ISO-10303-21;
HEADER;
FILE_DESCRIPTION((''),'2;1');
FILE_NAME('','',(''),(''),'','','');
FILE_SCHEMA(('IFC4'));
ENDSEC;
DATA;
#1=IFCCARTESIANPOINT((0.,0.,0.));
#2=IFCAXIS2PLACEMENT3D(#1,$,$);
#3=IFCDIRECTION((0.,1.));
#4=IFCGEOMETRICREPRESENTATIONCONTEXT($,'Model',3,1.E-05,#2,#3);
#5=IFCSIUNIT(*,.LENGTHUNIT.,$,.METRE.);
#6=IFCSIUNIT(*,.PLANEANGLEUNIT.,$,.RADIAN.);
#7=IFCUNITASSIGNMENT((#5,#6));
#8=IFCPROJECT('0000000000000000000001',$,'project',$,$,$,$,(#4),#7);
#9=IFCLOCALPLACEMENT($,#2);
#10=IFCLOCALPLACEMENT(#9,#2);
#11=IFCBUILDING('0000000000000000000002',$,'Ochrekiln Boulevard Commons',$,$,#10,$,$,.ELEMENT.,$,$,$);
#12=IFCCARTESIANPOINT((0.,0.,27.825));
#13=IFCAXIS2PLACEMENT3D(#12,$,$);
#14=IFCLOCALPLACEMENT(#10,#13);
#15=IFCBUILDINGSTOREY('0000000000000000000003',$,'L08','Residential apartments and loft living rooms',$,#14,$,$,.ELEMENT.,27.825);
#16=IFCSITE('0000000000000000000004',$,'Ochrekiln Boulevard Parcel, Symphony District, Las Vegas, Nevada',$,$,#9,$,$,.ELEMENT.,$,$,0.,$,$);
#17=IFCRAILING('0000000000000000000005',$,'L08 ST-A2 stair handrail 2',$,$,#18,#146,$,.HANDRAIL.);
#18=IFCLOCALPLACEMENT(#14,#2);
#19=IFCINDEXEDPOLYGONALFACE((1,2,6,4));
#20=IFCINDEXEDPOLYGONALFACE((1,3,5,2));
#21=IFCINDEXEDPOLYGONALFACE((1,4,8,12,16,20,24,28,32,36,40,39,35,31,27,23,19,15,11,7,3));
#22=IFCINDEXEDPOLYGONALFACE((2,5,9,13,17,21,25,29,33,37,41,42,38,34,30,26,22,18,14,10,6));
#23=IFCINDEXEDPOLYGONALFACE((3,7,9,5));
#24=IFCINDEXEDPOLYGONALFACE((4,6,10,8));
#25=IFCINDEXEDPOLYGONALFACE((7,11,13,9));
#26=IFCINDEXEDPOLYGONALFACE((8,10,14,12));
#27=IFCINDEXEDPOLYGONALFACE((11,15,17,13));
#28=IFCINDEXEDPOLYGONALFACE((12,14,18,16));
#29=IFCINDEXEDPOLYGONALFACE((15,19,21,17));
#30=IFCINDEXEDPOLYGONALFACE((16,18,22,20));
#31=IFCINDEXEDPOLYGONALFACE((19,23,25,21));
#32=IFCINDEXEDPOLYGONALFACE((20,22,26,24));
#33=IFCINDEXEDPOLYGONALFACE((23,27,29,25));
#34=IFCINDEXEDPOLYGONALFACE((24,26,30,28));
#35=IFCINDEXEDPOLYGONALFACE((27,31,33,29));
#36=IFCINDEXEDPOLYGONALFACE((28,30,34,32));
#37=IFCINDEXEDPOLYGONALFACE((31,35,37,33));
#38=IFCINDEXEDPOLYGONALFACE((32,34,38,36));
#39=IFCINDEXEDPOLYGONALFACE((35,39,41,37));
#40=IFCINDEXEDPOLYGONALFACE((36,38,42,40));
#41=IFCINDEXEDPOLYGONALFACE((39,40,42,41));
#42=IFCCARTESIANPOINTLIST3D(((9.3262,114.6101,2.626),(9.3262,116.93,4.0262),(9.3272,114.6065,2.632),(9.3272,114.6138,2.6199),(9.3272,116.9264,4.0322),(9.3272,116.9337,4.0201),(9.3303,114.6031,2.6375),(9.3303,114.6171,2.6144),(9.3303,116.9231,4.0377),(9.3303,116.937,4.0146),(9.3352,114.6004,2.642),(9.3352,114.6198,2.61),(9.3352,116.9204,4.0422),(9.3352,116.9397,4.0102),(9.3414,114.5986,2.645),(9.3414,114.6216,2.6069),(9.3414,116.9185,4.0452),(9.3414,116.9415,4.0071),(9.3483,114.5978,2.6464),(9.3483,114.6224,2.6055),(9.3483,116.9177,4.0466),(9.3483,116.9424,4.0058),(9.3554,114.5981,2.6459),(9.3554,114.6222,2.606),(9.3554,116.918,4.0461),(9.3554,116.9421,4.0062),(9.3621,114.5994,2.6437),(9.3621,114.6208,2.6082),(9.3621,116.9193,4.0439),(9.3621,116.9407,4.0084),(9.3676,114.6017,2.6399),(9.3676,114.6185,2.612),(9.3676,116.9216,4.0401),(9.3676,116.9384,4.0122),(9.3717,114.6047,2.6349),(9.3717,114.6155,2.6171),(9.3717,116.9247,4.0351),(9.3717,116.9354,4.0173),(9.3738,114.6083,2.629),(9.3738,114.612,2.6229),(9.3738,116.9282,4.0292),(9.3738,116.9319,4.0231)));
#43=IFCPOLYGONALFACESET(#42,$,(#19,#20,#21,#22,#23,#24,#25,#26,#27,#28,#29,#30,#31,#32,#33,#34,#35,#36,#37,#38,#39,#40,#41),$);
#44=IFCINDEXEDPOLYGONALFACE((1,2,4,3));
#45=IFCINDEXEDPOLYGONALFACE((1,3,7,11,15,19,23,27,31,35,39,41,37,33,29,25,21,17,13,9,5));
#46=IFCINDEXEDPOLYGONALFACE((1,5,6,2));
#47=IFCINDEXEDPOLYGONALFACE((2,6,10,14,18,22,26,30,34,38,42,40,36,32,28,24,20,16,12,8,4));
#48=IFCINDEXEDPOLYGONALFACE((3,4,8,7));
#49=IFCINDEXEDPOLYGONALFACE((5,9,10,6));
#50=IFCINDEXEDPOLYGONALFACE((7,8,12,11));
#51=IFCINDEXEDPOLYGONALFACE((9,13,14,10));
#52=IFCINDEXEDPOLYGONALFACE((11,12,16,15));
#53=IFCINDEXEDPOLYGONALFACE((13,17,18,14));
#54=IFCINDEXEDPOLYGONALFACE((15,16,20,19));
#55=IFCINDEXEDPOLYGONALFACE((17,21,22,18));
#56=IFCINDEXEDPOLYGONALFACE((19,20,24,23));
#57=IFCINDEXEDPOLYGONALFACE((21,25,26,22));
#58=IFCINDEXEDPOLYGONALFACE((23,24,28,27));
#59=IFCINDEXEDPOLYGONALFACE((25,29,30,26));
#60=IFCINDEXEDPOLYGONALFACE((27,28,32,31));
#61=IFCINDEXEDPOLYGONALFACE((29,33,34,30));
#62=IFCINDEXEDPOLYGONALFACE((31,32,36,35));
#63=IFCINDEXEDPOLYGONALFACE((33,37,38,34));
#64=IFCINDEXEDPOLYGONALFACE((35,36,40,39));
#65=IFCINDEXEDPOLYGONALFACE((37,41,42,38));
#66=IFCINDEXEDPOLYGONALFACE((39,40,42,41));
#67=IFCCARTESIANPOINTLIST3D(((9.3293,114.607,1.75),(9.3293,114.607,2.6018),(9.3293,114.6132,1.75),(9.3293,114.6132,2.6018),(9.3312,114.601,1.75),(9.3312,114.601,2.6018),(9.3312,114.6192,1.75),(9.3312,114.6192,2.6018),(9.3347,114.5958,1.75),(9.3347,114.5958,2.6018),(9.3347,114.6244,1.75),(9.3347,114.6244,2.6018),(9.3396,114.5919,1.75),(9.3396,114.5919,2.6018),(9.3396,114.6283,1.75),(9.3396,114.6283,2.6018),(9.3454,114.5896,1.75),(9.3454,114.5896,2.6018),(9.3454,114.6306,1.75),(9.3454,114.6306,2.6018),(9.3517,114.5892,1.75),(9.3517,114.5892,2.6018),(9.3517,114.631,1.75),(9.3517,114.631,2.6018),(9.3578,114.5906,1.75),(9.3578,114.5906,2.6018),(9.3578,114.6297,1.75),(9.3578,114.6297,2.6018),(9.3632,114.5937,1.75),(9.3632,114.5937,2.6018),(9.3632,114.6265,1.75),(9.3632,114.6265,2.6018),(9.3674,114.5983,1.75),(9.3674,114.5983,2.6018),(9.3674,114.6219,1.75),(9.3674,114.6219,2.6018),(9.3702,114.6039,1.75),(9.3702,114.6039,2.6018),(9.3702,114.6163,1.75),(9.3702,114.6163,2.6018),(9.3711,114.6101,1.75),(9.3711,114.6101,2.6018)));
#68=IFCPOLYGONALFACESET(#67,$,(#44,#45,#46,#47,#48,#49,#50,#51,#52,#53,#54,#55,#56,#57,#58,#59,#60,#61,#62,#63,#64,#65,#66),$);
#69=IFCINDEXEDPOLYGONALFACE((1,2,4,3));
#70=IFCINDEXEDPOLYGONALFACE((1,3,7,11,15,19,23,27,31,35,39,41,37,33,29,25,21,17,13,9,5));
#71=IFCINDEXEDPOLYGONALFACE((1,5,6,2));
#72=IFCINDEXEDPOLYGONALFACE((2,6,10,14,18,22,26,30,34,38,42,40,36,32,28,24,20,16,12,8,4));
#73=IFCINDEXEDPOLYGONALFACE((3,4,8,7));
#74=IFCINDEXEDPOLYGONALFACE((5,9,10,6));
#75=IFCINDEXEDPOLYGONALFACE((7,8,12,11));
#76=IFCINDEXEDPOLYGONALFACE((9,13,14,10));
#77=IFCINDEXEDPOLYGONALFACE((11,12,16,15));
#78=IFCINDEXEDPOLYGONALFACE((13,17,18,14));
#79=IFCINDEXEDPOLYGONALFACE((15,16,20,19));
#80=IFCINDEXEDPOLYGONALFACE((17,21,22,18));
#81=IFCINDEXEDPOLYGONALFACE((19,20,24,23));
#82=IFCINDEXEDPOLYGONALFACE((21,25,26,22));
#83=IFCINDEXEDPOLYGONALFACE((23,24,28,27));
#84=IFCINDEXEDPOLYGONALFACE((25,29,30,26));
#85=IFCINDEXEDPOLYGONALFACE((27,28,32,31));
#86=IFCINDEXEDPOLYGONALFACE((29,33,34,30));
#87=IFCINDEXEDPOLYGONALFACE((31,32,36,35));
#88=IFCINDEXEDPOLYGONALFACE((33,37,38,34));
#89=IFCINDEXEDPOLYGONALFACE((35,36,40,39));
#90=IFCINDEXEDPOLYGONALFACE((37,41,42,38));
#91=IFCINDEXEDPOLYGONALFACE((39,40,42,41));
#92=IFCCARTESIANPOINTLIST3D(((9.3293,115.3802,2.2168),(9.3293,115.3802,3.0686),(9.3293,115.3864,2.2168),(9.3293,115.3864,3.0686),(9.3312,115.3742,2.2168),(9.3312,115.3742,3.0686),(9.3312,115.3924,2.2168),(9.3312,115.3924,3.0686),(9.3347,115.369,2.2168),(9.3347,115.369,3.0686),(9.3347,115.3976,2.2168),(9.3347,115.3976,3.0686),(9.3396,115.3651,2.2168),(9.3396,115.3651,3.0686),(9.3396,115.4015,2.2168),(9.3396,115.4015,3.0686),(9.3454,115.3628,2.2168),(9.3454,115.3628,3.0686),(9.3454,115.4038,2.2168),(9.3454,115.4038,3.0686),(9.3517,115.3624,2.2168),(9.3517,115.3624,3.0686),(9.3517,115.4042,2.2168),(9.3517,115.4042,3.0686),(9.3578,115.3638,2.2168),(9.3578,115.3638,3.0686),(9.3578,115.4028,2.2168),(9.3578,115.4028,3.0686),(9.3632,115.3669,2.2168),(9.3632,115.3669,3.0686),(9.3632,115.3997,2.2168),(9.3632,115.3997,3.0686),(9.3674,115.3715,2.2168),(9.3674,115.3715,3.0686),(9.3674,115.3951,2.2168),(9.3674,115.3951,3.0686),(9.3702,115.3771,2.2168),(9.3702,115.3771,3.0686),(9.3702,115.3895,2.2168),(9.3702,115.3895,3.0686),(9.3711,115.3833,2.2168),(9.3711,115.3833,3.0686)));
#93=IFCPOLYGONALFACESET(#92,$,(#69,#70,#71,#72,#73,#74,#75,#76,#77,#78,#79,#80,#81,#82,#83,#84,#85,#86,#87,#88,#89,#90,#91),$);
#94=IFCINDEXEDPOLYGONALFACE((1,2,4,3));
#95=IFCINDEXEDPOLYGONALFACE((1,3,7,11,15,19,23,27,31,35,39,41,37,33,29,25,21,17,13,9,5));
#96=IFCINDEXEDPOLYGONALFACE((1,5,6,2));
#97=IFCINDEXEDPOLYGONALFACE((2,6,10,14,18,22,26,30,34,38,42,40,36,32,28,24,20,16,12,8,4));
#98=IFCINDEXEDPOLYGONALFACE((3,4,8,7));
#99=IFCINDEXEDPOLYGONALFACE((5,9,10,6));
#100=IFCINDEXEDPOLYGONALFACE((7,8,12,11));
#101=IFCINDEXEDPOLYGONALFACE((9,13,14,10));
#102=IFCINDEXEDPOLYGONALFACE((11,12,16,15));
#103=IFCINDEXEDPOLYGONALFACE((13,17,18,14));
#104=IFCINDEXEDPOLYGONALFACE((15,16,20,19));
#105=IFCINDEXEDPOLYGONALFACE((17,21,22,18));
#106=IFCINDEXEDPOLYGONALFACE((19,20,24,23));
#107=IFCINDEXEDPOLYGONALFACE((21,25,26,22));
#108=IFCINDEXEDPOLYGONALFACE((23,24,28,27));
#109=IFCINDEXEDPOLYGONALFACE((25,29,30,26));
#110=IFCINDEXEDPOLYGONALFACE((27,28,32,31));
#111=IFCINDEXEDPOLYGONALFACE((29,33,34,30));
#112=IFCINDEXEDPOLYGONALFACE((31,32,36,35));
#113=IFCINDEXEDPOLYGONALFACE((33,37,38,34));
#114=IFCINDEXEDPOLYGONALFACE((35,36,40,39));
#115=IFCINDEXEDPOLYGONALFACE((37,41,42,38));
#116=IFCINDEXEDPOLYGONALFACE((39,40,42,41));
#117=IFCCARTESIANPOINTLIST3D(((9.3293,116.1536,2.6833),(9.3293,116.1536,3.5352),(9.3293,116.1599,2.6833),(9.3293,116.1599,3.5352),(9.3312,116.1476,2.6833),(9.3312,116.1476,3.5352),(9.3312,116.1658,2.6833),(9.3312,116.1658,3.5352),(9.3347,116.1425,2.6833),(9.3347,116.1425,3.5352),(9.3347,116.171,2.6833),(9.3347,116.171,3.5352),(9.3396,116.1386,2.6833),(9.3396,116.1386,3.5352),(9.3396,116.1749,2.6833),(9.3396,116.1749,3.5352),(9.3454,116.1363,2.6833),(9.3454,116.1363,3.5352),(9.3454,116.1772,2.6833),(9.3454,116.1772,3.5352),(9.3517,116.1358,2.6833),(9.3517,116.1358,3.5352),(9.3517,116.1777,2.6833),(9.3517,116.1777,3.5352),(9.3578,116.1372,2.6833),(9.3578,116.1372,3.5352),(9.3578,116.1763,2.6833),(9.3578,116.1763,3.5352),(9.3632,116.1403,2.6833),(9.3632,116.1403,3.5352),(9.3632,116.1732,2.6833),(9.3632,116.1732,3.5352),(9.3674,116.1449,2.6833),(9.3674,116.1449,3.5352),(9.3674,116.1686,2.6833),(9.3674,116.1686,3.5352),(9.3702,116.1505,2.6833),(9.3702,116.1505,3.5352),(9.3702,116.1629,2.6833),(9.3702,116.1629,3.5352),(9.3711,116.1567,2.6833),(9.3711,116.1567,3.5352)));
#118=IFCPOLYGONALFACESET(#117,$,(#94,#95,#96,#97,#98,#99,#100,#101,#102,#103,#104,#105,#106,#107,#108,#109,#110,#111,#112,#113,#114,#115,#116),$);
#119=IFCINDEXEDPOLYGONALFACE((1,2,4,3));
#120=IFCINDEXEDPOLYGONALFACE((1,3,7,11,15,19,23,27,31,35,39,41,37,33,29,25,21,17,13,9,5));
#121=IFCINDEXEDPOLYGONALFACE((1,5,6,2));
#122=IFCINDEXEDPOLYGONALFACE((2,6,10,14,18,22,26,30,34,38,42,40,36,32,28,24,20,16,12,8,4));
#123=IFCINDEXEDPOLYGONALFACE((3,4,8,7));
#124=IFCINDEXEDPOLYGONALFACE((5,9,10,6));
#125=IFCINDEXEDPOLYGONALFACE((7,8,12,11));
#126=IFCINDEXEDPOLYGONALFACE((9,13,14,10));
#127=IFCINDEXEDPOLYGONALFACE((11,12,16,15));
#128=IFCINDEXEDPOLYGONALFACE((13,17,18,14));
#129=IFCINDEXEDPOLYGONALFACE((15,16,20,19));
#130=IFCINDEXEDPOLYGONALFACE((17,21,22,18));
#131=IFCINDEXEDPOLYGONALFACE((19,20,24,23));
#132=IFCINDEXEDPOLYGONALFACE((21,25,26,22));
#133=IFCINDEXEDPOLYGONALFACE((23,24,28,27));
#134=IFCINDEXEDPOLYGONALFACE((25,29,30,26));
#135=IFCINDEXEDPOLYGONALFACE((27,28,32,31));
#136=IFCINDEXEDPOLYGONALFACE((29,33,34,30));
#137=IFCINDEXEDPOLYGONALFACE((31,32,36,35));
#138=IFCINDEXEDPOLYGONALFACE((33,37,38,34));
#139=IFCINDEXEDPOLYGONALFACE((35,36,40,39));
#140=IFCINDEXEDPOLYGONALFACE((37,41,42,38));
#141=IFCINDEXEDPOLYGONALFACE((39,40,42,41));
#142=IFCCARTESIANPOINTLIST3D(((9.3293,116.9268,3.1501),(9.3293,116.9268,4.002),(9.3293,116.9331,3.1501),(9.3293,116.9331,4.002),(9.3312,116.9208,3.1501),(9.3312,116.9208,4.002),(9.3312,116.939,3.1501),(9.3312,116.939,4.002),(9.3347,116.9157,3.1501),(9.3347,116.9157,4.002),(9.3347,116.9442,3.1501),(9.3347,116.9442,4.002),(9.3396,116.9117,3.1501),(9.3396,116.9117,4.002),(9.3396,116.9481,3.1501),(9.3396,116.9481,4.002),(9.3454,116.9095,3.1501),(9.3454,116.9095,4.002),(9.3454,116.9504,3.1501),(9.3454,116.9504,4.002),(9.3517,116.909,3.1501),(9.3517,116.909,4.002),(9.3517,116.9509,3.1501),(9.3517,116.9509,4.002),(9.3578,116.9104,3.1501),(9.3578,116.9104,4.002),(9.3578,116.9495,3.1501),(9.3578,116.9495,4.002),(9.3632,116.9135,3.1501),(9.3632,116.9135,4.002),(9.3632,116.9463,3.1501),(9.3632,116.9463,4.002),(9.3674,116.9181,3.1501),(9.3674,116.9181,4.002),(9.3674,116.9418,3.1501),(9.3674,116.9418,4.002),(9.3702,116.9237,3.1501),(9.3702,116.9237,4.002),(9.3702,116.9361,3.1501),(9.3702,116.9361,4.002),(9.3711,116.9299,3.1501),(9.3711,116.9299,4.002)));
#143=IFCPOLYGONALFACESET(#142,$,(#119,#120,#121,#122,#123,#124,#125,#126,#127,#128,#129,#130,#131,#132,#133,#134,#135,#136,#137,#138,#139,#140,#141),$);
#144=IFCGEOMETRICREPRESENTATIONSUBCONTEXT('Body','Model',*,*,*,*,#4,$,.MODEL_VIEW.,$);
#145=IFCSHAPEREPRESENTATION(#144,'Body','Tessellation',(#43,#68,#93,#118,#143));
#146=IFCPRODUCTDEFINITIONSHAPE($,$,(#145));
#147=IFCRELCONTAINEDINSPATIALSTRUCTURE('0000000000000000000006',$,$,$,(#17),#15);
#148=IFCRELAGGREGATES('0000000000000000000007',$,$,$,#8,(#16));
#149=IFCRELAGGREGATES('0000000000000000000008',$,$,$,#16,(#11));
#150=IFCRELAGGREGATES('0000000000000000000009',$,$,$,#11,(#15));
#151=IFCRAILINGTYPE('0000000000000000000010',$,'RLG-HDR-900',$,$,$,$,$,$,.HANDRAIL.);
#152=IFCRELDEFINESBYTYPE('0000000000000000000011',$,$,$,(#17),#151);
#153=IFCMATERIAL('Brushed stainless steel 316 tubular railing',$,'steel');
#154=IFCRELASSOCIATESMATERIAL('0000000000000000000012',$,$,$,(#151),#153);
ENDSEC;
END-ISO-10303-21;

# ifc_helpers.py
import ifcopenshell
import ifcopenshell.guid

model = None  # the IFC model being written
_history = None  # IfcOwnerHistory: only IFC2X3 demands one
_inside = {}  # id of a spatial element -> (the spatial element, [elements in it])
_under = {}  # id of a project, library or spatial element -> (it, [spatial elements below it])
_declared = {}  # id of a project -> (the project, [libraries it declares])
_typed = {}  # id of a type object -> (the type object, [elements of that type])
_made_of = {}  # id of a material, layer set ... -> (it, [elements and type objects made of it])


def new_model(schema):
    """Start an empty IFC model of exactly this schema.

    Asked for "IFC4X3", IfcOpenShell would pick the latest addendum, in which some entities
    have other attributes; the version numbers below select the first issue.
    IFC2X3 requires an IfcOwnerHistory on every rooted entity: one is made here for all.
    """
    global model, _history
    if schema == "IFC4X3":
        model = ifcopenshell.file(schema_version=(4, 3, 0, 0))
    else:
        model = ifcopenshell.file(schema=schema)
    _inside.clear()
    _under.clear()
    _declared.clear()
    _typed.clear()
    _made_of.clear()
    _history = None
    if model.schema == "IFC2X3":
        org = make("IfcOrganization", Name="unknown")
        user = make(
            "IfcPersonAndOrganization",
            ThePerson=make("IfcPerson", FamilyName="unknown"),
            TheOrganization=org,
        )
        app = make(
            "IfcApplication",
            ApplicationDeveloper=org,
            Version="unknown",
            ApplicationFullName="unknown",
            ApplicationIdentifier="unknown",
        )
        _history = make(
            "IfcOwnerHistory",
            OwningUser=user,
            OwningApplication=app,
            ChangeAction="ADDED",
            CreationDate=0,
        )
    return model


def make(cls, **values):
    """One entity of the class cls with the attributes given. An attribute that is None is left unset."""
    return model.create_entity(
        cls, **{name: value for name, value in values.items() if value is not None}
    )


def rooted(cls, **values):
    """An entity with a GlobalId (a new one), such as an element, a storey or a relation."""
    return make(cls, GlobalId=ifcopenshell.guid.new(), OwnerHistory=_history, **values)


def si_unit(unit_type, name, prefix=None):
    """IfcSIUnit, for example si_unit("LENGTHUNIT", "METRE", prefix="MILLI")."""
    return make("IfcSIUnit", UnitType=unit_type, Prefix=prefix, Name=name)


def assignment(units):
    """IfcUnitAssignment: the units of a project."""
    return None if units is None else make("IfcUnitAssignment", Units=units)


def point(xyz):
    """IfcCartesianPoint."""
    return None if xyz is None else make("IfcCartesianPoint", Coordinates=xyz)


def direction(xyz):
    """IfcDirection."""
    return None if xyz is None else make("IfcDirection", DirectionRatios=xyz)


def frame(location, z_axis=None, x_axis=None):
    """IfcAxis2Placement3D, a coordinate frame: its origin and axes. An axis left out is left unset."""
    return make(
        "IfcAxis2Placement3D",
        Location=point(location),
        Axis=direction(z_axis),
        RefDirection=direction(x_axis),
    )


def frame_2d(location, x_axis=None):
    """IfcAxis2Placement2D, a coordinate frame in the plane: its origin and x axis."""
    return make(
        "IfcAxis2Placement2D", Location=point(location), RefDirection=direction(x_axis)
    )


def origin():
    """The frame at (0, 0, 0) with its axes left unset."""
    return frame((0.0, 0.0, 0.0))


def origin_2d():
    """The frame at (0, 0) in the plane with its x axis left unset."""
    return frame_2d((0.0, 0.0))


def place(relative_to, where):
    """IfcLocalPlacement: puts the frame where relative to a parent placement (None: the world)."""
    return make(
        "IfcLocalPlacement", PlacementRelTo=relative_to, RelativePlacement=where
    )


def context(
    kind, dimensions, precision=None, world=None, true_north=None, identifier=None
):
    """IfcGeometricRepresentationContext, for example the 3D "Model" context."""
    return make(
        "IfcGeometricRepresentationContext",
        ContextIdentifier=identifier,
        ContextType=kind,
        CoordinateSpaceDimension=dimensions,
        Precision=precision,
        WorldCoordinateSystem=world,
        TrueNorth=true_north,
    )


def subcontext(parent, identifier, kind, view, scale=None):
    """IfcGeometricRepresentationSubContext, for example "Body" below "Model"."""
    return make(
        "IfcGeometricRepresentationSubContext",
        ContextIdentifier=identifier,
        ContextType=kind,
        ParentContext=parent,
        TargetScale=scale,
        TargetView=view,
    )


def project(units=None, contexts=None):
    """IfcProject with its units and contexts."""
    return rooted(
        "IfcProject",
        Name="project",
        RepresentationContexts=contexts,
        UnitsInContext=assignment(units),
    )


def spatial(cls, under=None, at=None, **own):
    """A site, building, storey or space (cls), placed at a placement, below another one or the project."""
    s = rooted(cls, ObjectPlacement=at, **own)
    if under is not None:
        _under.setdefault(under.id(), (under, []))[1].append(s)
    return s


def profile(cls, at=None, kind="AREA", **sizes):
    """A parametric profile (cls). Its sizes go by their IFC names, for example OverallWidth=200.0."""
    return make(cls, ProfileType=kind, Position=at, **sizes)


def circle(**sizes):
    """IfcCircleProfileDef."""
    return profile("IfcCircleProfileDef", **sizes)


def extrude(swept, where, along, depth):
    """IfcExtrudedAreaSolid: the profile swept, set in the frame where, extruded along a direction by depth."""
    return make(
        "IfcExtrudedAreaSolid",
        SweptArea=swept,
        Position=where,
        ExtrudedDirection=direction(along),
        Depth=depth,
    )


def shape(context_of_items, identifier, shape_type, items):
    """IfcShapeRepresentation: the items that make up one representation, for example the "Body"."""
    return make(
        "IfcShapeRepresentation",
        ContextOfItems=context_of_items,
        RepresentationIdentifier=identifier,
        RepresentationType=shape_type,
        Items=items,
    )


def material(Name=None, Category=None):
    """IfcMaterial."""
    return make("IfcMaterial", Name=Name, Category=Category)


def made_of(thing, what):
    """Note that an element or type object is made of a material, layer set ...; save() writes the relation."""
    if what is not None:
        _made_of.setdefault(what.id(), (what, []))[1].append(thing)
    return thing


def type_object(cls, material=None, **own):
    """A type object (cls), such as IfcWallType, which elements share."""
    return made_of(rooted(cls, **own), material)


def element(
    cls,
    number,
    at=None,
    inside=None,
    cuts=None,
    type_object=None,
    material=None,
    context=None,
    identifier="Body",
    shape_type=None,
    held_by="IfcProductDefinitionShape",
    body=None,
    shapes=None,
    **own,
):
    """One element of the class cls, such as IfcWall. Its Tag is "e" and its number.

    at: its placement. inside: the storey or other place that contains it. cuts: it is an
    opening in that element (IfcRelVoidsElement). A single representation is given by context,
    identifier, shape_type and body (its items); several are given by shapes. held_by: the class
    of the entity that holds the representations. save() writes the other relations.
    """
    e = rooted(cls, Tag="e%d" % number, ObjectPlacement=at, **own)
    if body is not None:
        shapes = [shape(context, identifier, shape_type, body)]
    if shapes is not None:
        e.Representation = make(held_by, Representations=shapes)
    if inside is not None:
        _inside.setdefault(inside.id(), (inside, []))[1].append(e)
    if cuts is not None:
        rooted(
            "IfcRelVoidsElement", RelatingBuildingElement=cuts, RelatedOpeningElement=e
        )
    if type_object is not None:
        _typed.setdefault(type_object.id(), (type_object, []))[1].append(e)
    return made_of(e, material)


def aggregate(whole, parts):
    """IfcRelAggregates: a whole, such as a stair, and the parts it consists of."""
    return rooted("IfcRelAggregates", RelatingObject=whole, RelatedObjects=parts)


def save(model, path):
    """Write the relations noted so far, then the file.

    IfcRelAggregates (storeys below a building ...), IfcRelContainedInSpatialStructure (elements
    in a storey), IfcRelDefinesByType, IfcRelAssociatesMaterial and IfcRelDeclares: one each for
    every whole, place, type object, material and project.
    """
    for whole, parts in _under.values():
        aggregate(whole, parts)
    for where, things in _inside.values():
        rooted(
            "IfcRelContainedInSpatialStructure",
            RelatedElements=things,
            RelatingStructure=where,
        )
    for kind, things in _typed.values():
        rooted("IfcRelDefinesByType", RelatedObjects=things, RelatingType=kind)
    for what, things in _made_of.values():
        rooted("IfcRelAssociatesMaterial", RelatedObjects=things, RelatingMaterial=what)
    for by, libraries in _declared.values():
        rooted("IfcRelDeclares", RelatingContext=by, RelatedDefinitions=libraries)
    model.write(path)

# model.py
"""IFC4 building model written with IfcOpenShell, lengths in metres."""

from ifc_helpers import new_model, si_unit, direction, frame, origin, origin_2d, place, context, subcontext, project, spatial, circle, extrude, material, type_object, element, save


model = new_model("IFC4")

# Units and contexts
model_context = context("Model", 3, precision=1e-05, world=origin(), true_north=direction((0.0, 1.0)))
body_context = subcontext(model_context, "Body", "Model", "MODEL_VIEW")
ifc_project = project(units=[si_unit("LENGTHUNIT", "METRE"), si_unit("PLANEANGLEUNIT", "RADIAN")], contexts=[model_context])

# Site, building, storey
site_placement = place(None, origin())
site = spatial("IfcSite", under=ifc_project, at=site_placement, Name="Ochrekiln Boulevard Parcel, Symphony District, Las Vegas, Nevada", CompositionType="ELEMENT", RefElevation=0.0)
building_placement = place(site_placement, origin())
building = spatial("IfcBuilding", under=site, at=building_placement, Name="Ochrekiln Boulevard Commons", CompositionType="ELEMENT")
storey_placement = place(building_placement, frame((0.0, 0.0, 27.825)))
storey = spatial("IfcBuildingStorey", under=building, at=storey_placement, Name="L08", Description="Residential apartments and loft living rooms", CompositionType="ELEMENT", Elevation=27.825)

# Railing
ifc_material_1 = material(Name="Brushed stainless steel 316 tubular railing", Category="steel")
railing_type_1 = type_object("IfcRailingType", Name="RLG-HDR-900", PredefinedType="HANDRAIL", material=ifc_material_1)
railing_1_placement = place(storey_placement, frame((9.3501, 114.6101, 1.75)))
element("IfcRailing", 1, at=railing_1_placement, inside=storey, type_object=railing_type_1, Name="L08 ST-A2 stair handrail 2", PredefinedType="HANDRAIL", context=body_context, shape_type="SweptSolid", body=[
    extrude(circle(Radius=0.0239, at=origin_2d()), frame((0.0, 0.0, 0.876), z_axis=(0.0, 0.856146, 0.516733), x_axis=(-1.0, 0.0, 0.0)), (0.0, 0.0, 1.0), 2.7097),
    extrude(circle(Radius=0.021, at=origin_2d()), origin(), (0.0, 0.0, 1.0), 0.8518),
    extrude(circle(Radius=0.021, at=origin_2d()), frame((0.0, 0.7732, 0.4668)), (0.0, 0.0, 1.0), 0.8518),
    extrude(circle(Radius=0.021, at=origin_2d()), frame((0.0, 1.5466, 0.9333)), (0.0, 0.0, 1.0), 0.8518),
    extrude(circle(Radius=0.021, at=origin_2d()), frame((0.0, 2.3198, 1.4001)), (0.0, 0.0, 1.0), 0.8518),
])

save(model, "model.ifc")
